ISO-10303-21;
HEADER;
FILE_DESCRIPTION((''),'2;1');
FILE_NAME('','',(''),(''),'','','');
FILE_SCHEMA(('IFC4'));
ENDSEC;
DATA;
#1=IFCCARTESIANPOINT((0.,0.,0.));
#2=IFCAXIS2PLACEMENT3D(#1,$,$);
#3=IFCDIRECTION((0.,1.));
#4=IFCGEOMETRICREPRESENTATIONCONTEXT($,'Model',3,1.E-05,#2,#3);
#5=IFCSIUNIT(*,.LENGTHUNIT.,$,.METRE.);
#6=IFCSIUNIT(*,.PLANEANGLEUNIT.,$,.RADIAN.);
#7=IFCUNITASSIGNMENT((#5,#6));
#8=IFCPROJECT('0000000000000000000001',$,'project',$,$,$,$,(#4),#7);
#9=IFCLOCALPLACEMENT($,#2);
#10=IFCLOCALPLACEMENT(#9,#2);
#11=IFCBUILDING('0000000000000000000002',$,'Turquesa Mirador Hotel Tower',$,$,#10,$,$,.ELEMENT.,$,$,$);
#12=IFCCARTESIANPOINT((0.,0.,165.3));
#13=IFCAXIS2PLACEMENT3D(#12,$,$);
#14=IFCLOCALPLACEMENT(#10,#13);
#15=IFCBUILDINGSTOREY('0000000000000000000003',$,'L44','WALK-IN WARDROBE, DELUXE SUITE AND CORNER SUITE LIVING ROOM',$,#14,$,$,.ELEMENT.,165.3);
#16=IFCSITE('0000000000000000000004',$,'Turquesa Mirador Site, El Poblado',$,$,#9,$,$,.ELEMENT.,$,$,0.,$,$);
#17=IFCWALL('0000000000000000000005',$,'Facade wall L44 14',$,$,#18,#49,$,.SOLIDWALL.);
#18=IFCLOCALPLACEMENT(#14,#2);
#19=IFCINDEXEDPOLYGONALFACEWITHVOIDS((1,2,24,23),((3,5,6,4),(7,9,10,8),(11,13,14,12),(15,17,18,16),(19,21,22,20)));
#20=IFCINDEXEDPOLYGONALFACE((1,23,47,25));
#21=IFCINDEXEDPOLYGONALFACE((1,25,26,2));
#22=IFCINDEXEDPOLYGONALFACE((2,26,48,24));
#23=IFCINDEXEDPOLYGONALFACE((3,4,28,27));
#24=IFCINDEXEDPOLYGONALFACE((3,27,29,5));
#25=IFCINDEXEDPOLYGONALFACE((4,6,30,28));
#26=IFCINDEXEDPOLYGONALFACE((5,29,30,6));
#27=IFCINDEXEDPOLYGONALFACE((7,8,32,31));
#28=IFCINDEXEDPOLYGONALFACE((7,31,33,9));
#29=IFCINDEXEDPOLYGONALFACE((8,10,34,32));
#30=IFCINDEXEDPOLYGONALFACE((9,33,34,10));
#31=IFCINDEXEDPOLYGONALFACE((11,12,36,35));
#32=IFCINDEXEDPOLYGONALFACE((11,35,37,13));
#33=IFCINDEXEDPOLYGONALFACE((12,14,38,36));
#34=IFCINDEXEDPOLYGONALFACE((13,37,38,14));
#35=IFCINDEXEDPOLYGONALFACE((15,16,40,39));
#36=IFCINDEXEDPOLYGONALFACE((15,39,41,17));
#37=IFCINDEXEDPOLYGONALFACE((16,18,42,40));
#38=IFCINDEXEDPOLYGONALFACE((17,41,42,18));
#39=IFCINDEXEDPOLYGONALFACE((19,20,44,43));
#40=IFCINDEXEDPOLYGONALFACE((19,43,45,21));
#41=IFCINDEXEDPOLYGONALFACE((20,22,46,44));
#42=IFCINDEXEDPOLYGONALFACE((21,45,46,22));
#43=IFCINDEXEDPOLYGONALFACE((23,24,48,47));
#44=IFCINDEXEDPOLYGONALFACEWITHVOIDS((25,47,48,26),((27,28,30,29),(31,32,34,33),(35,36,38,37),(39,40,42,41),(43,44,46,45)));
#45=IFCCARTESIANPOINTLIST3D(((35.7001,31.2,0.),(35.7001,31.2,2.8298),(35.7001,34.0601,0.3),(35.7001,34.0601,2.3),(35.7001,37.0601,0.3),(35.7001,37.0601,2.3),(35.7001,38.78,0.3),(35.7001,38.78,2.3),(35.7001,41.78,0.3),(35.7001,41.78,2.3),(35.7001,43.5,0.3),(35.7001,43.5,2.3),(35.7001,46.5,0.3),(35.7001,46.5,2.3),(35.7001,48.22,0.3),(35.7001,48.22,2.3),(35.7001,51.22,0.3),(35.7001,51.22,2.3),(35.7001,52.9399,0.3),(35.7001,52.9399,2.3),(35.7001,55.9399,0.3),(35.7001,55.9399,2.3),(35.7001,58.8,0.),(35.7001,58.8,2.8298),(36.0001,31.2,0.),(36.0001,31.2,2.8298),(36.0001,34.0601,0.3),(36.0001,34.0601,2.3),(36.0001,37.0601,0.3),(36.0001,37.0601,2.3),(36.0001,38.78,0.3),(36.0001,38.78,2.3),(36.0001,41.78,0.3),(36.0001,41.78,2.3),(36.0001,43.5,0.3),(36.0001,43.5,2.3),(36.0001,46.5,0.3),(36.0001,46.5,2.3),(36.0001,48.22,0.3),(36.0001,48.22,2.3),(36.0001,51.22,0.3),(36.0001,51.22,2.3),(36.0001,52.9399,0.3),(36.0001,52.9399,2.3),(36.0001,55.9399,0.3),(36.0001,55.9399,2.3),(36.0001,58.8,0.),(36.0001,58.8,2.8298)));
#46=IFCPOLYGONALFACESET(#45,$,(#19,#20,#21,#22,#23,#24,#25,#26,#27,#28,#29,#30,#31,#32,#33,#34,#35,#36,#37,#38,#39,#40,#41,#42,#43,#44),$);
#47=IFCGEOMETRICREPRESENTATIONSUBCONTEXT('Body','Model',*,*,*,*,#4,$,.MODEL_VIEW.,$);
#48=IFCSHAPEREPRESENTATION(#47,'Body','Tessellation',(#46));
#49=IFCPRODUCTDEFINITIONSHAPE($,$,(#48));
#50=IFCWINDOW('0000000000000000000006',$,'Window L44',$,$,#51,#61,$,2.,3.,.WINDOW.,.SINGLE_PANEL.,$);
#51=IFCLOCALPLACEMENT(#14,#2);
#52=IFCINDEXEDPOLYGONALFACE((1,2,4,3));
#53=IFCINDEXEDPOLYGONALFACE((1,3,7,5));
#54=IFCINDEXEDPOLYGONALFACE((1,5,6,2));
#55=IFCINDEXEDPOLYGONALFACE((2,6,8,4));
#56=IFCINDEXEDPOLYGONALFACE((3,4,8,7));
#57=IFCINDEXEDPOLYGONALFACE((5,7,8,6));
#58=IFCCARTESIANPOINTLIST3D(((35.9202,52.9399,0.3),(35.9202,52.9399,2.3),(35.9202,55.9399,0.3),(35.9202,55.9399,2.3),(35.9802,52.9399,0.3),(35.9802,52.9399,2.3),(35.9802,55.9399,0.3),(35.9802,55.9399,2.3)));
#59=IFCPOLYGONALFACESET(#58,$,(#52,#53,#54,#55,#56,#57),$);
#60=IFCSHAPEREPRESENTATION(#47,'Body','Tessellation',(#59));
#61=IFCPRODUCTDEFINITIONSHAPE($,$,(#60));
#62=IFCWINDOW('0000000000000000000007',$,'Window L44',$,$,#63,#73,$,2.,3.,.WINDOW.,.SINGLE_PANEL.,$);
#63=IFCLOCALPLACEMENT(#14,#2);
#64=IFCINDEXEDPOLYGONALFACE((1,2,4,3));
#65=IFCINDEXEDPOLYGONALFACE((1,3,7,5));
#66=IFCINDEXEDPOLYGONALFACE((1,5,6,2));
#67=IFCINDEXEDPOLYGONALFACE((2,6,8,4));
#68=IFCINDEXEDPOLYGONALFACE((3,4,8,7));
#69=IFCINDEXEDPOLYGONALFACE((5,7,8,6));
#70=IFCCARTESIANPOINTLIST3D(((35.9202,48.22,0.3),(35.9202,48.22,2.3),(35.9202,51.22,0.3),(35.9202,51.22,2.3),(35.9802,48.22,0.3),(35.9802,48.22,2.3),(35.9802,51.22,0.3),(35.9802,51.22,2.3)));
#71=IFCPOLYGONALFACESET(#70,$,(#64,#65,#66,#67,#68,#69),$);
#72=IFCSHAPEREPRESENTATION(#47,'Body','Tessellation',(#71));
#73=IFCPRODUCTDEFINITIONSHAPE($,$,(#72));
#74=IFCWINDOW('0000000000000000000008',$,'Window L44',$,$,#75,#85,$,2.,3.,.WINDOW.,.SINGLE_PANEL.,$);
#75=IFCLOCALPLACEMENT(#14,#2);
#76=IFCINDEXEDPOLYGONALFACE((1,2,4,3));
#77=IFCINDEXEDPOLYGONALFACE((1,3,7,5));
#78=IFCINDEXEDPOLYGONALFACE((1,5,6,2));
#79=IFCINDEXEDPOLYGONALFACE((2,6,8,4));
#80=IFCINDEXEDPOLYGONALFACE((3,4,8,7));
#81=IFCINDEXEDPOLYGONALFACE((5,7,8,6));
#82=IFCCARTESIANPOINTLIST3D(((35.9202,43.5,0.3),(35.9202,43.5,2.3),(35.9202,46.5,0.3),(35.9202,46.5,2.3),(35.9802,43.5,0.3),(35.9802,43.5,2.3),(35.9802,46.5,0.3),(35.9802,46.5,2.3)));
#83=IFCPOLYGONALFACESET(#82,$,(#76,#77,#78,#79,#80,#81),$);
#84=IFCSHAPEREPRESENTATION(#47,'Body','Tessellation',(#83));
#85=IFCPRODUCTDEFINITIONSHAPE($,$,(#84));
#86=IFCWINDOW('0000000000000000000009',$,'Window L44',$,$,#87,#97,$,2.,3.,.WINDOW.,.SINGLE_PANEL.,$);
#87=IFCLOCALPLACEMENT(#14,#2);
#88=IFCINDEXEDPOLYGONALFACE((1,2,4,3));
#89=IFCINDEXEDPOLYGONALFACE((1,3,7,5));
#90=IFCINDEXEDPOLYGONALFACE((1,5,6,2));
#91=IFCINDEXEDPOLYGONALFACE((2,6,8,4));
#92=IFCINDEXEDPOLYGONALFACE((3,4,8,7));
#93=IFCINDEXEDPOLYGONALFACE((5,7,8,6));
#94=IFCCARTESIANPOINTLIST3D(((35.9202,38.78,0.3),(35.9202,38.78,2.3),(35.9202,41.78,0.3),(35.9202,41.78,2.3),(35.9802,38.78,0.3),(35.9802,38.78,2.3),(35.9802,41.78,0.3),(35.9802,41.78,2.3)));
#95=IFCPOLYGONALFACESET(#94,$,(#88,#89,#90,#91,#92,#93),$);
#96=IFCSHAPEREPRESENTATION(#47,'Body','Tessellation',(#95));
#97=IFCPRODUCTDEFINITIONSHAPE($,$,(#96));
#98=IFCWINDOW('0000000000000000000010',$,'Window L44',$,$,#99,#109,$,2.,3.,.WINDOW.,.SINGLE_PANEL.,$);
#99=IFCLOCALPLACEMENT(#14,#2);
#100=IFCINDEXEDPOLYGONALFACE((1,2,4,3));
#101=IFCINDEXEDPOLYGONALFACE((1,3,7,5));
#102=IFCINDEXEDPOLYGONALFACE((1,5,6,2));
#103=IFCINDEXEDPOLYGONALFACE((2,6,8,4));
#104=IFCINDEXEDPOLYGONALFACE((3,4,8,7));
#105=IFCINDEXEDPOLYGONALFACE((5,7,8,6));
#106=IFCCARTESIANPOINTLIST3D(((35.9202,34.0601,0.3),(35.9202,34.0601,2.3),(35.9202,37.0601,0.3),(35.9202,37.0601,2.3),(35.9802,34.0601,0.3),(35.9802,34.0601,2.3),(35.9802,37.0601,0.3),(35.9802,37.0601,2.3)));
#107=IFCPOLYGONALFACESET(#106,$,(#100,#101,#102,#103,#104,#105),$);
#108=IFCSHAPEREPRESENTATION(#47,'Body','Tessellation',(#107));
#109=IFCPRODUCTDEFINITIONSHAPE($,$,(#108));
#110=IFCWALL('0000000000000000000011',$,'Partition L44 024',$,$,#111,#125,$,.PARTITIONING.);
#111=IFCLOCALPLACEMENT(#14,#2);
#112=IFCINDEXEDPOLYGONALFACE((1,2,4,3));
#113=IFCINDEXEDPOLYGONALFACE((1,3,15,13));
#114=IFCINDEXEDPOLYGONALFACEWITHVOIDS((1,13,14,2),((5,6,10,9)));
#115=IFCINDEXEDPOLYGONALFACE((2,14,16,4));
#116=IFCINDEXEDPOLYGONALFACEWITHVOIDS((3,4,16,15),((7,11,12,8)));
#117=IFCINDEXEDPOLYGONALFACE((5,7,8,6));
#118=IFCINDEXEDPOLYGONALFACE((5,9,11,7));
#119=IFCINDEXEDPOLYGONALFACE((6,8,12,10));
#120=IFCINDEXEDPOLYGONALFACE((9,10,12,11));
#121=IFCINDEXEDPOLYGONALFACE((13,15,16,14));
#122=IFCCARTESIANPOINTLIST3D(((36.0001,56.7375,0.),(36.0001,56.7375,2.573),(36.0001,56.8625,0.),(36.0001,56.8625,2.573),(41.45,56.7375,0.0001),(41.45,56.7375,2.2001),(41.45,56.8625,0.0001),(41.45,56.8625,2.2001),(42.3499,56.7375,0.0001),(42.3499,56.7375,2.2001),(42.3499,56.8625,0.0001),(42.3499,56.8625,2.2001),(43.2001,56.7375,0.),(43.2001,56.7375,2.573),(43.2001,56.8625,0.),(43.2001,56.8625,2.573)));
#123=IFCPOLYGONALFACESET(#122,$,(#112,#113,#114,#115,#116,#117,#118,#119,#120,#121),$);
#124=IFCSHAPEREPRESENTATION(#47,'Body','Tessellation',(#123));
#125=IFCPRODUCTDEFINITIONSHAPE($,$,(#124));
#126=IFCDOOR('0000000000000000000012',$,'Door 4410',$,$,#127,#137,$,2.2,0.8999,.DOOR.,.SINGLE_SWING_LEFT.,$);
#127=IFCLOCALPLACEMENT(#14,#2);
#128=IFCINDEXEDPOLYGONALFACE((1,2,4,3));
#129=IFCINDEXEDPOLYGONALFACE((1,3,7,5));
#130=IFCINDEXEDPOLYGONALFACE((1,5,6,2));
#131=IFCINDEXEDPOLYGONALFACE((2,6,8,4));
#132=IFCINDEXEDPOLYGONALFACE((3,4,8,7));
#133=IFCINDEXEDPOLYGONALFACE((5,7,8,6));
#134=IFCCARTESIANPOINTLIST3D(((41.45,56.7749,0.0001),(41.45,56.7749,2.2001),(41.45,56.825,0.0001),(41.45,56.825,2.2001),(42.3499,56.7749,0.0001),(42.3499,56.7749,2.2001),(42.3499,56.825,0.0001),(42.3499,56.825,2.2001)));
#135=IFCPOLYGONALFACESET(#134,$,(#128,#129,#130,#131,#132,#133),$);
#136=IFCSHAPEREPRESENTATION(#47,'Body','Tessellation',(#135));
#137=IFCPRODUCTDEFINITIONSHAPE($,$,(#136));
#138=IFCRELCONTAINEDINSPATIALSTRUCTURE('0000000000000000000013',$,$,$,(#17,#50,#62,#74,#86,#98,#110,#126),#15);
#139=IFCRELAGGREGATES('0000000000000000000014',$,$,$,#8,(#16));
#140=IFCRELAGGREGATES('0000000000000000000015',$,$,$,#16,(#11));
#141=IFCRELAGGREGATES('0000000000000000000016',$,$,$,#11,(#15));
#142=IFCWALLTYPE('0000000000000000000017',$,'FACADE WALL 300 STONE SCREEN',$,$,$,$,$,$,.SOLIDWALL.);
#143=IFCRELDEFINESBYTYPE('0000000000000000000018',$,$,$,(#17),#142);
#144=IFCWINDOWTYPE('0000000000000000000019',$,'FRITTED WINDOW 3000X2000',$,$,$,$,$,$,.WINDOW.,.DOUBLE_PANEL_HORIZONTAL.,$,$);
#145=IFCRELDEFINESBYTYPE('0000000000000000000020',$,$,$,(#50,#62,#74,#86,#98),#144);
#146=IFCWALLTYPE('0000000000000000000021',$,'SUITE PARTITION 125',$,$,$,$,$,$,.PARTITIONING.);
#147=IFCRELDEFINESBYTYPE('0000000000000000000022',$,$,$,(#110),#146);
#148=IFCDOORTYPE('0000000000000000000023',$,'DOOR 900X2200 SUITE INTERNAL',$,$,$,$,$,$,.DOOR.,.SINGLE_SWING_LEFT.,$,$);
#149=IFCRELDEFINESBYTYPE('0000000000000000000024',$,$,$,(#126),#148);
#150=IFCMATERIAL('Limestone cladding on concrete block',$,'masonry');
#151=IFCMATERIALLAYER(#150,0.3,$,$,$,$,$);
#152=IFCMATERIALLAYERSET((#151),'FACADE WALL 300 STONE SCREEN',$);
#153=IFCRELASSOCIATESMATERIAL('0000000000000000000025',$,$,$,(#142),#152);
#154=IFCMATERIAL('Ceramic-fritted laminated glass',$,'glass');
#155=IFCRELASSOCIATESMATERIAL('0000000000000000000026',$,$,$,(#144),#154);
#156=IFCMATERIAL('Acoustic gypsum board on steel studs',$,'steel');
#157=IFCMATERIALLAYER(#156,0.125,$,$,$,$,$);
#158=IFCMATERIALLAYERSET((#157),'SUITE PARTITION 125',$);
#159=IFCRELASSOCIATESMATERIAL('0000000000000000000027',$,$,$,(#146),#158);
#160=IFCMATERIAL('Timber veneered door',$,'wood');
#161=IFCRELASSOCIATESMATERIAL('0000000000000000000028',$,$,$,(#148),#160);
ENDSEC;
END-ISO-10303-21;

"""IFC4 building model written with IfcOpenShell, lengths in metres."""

from ifc_helpers import new_model, si_unit, direction, frame, frame_2d, origin, place, context, subcontext, project, spatial, rectangle, extrude, material, layer, layer_set, type_object, element, fill, save


model = new_model("IFC4")

# Units and contexts
model_context = context("Model", 3, precision=1e-05, world=origin(), true_north=direction((0.0, 1.0)))
body_context = subcontext(model_context, "Body", "Model", "MODEL_VIEW")
ifc_project = project(units=[si_unit("LENGTHUNIT", "METRE"), si_unit("PLANEANGLEUNIT", "RADIAN")], contexts=[model_context])

# Site, building, storey
site_placement = place(None, origin())
site = spatial("IfcSite", under=ifc_project, at=site_placement, Name="Turquesa Mirador Site, El Poblado", CompositionType="ELEMENT", RefElevation=0.0)
building_placement = place(site_placement, origin())
building = spatial("IfcBuilding", under=site, at=building_placement, Name="Turquesa Mirador Hotel Tower", CompositionType="ELEMENT")
storey_placement = place(building_placement, frame((0.0, 0.0, 165.3)))
storey = spatial("IfcBuildingStorey", under=building, at=storey_placement, Name="L44", Description="WALK-IN WARDROBE, DELUXE SUITE AND CORNER SUITE LIVING ROOM", CompositionType="ELEMENT", Elevation=165.3)

# Shared definitions
ifc_material_1 = material(Name="Limestone cladding on concrete block", Category="masonry")
ifc_layer_1 = layer(ifc_material_1, 0.3)
ifc_layer_set_1 = layer_set([ifc_layer_1], Name="FACADE WALL 300 STONE SCREEN")
wall_type_1 = type_object("IfcWallType", Name="FACADE WALL 300 STONE SCREEN", PredefinedType="SOLIDWALL", material=ifc_layer_set_1)

# Wall, openings, windows
wall_1_placement = place(storey_placement, frame((35.8501, 58.8, 0.0), z_axis=(0.0, 0.0, 1.0), x_axis=(0.0, -1.0, 0.0)))
wall_1 = element("IfcWall", 1, at=wall_1_placement, inside=storey, type_object=wall_type_1, Name="Facade wall L44 14", PredefinedType="SOLIDWALL", context=body_context, shape_type="SweptSolid", body=[
    extrude(rectangle(XDim=27.6001, YDim=0.3, at=frame_2d((13.8, 0.0))), origin(), (0.0, 0.0, 1.0), 2.8298),
])
opening_1_placement = place(wall_1_placement, frame((2.8601, 0.0, 0.3)))
opening_1 = element("IfcOpeningElement", 2, at=opening_1_placement, cuts=wall_1, PredefinedType="OPENING", context=body_context, shape_type="SweptSolid", body=[
    extrude(rectangle(XDim=3.0, YDim=2.0, at=frame_2d((1.5, 1.0))), frame((0.0, 0.1599, 0.0), z_axis=(0.0, -1.0, 0.0), x_axis=(1.0, 0.0, 0.0)), (0.0, 0.0, 1.0), 0.3201),
])
opening_2_placement = place(wall_1_placement, frame((7.5801, 0.0, 0.3)))
opening_2 = element("IfcOpeningElement", 3, at=opening_2_placement, cuts=wall_1, PredefinedType="OPENING", context=body_context, shape_type="SweptSolid", body=[
    extrude(rectangle(XDim=3.0, YDim=2.0, at=frame_2d((1.5, 1.0))), frame((0.0, 0.1599, 0.0), z_axis=(0.0, -1.0, 0.0), x_axis=(1.0, 0.0, 0.0)), (0.0, 0.0, 1.0), 0.3201),
])
opening_3_placement = place(wall_1_placement, frame((12.3, 0.0, 0.3)))
opening_3 = element("IfcOpeningElement", 4, at=opening_3_placement, cuts=wall_1, PredefinedType="OPENING", context=body_context, shape_type="SweptSolid", body=[
    extrude(rectangle(XDim=3.0, YDim=2.0, at=frame_2d((1.5, 1.0))), frame((0.0, 0.1599, 0.0), z_axis=(0.0, -1.0, 0.0), x_axis=(1.0, 0.0, 0.0)), (0.0, 0.0, 1.0), 0.3201),
])
opening_4_placement = place(wall_1_placement, frame((17.02, 0.0, 0.3)))
opening_4 = element("IfcOpeningElement", 5, at=opening_4_placement, cuts=wall_1, PredefinedType="OPENING", context=body_context, shape_type="SweptSolid", body=[
    extrude(rectangle(XDim=3.0, YDim=2.0, at=frame_2d((1.5, 1.0))), frame((0.0, 0.1599, 0.0), z_axis=(0.0, -1.0, 0.0), x_axis=(1.0, 0.0, 0.0)), (0.0, 0.0, 1.0), 0.3201),
])
opening_5_placement = place(wall_1_placement, frame((21.74, 0.0, 0.3)))
opening_5 = element("IfcOpeningElement", 6, at=opening_5_placement, cuts=wall_1, PredefinedType="OPENING", context=body_context, shape_type="SweptSolid", body=[
    extrude(rectangle(XDim=3.0, YDim=2.0, at=frame_2d((1.5, 1.0))), frame((0.0, 0.1599, 0.0), z_axis=(0.0, -1.0, 0.0), x_axis=(1.0, 0.0, 0.0)), (0.0, 0.0, 1.0), 0.3201),
])
ifc_material_2 = material(Name="Ceramic-fritted laminated glass", Category="glass")
window_type_1 = type_object("IfcWindowType", Name="FRITTED WINDOW 3000X2000", PartitioningType="DOUBLE_PANEL_HORIZONTAL", PredefinedType="WINDOW", material=ifc_material_2)
window_1_placement = place(opening_1_placement, origin())
window_1 = element("IfcWindow", 7, at=window_1_placement, inside=storey, type_object=window_type_1, Name="Window L44", OverallHeight=2.0, OverallWidth=3.0, PartitioningType="SINGLE_PANEL", PredefinedType="WINDOW", context=body_context, shape_type="SweptSolid", body=[
    extrude(rectangle(XDim=3.0, YDim=2.0, at=frame_2d((1.5, 1.0))), frame((0.0, 0.1301, 0.0), z_axis=(0.0, -1.0, 0.0), x_axis=(1.0, 0.0, 0.0)), (0.0, 0.0, 1.0), 0.0601),
])
fill(opening_1, window_1)
window_2_placement = place(opening_2_placement, origin())
window_2 = element("IfcWindow", 8, at=window_2_placement, inside=storey, type_object=window_type_1, Name="Window L44", OverallHeight=2.0, OverallWidth=3.0, PartitioningType="SINGLE_PANEL", PredefinedType="WINDOW", context=body_context, shape_type="SweptSolid", body=[
    extrude(rectangle(XDim=3.0, YDim=2.0, at=frame_2d((1.5, 1.0))), frame((0.0, 0.1301, 0.0), z_axis=(0.0, -1.0, 0.0), x_axis=(1.0, 0.0, 0.0)), (0.0, 0.0, 1.0), 0.0601),
])
fill(opening_2, window_2)
window_3_placement = place(opening_3_placement, origin())
window_3 = element("IfcWindow", 9, at=window_3_placement, inside=storey, type_object=window_type_1, Name="Window L44", OverallHeight=2.0, OverallWidth=3.0, PartitioningType="SINGLE_PANEL", PredefinedType="WINDOW", context=body_context, shape_type="SweptSolid", body=[
    extrude(rectangle(XDim=3.0, YDim=2.0, at=frame_2d((1.5, 1.0))), frame((0.0, 0.1301, 0.0), z_axis=(0.0, -1.0, 0.0), x_axis=(1.0, 0.0, 0.0)), (0.0, 0.0, 1.0), 0.0601),
])
fill(opening_3, window_3)
window_4_placement = place(opening_4_placement, origin())
window_4 = element("IfcWindow", 10, at=window_4_placement, inside=storey, type_object=window_type_1, Name="Window L44", OverallHeight=2.0, OverallWidth=3.0, PartitioningType="SINGLE_PANEL", PredefinedType="WINDOW", context=body_context, shape_type="SweptSolid", body=[
    extrude(rectangle(XDim=3.0, YDim=2.0, at=frame_2d((1.5, 1.0))), frame((0.0, 0.1301, 0.0), z_axis=(0.0, -1.0, 0.0), x_axis=(1.0, 0.0, 0.0)), (0.0, 0.0, 1.0), 0.0601),
])
fill(opening_4, window_4)
window_5_placement = place(opening_5_placement, origin())
window_5 = element("IfcWindow", 11, at=window_5_placement, inside=storey, type_object=window_type_1, Name="Window L44", OverallHeight=2.0, OverallWidth=3.0, PartitioningType="SINGLE_PANEL", PredefinedType="WINDOW", context=body_context, shape_type="SweptSolid", body=[
    extrude(rectangle(XDim=3.0, YDim=2.0, at=frame_2d((1.5, 1.0))), frame((0.0, 0.1301, 0.0), z_axis=(0.0, -1.0, 0.0), x_axis=(1.0, 0.0, 0.0)), (0.0, 0.0, 1.0), 0.0601),
])
fill(opening_5, window_5)

# Wall, opening, door
ifc_material_3 = material(Name="Acoustic gypsum board on steel studs", Category="steel")
ifc_layer_2 = layer(ifc_material_3, 0.125)
ifc_layer_set_2 = layer_set([ifc_layer_2], Name="SUITE PARTITION 125")
wall_type_2 = type_object("IfcWallType", Name="SUITE PARTITION 125", PredefinedType="PARTITIONING", material=ifc_layer_set_2)
wall_2_placement = place(storey_placement, frame((36.0, 56.8, 0.0), z_axis=(0.0, 0.0, 1.0), x_axis=(1.0, 0.0, 0.0)))
wall_2 = element("IfcWall", 12, at=wall_2_placement, inside=storey, type_object=wall_type_2, Name="Partition L44 024", PredefinedType="PARTITIONING", context=body_context, shape_type="SweptSolid", body=[
    extrude(rectangle(XDim=7.2, YDim=0.125, at=frame_2d((3.6001, 0.0))), origin(), (0.0, 0.0, 1.0), 2.573),
])
opening_6_placement = place(wall_2_placement, frame((5.45, 0.0, 0.0)))
opening_6 = element("IfcOpeningElement", 13, at=opening_6_placement, cuts=wall_2, PredefinedType="OPENING", context=body_context, shape_type="SweptSolid", body=[
    extrude(rectangle(XDim=0.8999, YDim=2.2, at=frame_2d((0.45, 1.1001))), frame((0.0, 0.0725, 0.0), z_axis=(0.0, -1.0, 0.0), x_axis=(1.0, 0.0, 0.0)), (0.0, 0.0, 1.0), 0.145),
])
ifc_material_4 = material(Name="Timber veneered door", Category="wood")
door_type = type_object("IfcDoorType", Name="DOOR 900X2200 SUITE INTERNAL", OperationType="SINGLE_SWING_LEFT", PredefinedType="DOOR", material=ifc_material_4)
door_placement = place(opening_6_placement, origin())
door = element("IfcDoor", 14, at=door_placement, inside=storey, type_object=door_type, Name="Door 4410", OperationType="SINGLE_SWING_LEFT", OverallHeight=2.2, OverallWidth=0.8999, PredefinedType="DOOR", context=body_context, shape_type="SweptSolid", body=[
    extrude(rectangle(XDim=0.8999, YDim=2.2, at=frame_2d((0.45, 1.1001))), frame((0.0, 0.0249, 0.0), z_axis=(0.0, -1.0, 0.0), x_axis=(1.0, 0.0, 0.0)), (0.0, 0.0, 1.0), 0.05),
])
fill(opening_6, door)

save(model, "model.ifc")
